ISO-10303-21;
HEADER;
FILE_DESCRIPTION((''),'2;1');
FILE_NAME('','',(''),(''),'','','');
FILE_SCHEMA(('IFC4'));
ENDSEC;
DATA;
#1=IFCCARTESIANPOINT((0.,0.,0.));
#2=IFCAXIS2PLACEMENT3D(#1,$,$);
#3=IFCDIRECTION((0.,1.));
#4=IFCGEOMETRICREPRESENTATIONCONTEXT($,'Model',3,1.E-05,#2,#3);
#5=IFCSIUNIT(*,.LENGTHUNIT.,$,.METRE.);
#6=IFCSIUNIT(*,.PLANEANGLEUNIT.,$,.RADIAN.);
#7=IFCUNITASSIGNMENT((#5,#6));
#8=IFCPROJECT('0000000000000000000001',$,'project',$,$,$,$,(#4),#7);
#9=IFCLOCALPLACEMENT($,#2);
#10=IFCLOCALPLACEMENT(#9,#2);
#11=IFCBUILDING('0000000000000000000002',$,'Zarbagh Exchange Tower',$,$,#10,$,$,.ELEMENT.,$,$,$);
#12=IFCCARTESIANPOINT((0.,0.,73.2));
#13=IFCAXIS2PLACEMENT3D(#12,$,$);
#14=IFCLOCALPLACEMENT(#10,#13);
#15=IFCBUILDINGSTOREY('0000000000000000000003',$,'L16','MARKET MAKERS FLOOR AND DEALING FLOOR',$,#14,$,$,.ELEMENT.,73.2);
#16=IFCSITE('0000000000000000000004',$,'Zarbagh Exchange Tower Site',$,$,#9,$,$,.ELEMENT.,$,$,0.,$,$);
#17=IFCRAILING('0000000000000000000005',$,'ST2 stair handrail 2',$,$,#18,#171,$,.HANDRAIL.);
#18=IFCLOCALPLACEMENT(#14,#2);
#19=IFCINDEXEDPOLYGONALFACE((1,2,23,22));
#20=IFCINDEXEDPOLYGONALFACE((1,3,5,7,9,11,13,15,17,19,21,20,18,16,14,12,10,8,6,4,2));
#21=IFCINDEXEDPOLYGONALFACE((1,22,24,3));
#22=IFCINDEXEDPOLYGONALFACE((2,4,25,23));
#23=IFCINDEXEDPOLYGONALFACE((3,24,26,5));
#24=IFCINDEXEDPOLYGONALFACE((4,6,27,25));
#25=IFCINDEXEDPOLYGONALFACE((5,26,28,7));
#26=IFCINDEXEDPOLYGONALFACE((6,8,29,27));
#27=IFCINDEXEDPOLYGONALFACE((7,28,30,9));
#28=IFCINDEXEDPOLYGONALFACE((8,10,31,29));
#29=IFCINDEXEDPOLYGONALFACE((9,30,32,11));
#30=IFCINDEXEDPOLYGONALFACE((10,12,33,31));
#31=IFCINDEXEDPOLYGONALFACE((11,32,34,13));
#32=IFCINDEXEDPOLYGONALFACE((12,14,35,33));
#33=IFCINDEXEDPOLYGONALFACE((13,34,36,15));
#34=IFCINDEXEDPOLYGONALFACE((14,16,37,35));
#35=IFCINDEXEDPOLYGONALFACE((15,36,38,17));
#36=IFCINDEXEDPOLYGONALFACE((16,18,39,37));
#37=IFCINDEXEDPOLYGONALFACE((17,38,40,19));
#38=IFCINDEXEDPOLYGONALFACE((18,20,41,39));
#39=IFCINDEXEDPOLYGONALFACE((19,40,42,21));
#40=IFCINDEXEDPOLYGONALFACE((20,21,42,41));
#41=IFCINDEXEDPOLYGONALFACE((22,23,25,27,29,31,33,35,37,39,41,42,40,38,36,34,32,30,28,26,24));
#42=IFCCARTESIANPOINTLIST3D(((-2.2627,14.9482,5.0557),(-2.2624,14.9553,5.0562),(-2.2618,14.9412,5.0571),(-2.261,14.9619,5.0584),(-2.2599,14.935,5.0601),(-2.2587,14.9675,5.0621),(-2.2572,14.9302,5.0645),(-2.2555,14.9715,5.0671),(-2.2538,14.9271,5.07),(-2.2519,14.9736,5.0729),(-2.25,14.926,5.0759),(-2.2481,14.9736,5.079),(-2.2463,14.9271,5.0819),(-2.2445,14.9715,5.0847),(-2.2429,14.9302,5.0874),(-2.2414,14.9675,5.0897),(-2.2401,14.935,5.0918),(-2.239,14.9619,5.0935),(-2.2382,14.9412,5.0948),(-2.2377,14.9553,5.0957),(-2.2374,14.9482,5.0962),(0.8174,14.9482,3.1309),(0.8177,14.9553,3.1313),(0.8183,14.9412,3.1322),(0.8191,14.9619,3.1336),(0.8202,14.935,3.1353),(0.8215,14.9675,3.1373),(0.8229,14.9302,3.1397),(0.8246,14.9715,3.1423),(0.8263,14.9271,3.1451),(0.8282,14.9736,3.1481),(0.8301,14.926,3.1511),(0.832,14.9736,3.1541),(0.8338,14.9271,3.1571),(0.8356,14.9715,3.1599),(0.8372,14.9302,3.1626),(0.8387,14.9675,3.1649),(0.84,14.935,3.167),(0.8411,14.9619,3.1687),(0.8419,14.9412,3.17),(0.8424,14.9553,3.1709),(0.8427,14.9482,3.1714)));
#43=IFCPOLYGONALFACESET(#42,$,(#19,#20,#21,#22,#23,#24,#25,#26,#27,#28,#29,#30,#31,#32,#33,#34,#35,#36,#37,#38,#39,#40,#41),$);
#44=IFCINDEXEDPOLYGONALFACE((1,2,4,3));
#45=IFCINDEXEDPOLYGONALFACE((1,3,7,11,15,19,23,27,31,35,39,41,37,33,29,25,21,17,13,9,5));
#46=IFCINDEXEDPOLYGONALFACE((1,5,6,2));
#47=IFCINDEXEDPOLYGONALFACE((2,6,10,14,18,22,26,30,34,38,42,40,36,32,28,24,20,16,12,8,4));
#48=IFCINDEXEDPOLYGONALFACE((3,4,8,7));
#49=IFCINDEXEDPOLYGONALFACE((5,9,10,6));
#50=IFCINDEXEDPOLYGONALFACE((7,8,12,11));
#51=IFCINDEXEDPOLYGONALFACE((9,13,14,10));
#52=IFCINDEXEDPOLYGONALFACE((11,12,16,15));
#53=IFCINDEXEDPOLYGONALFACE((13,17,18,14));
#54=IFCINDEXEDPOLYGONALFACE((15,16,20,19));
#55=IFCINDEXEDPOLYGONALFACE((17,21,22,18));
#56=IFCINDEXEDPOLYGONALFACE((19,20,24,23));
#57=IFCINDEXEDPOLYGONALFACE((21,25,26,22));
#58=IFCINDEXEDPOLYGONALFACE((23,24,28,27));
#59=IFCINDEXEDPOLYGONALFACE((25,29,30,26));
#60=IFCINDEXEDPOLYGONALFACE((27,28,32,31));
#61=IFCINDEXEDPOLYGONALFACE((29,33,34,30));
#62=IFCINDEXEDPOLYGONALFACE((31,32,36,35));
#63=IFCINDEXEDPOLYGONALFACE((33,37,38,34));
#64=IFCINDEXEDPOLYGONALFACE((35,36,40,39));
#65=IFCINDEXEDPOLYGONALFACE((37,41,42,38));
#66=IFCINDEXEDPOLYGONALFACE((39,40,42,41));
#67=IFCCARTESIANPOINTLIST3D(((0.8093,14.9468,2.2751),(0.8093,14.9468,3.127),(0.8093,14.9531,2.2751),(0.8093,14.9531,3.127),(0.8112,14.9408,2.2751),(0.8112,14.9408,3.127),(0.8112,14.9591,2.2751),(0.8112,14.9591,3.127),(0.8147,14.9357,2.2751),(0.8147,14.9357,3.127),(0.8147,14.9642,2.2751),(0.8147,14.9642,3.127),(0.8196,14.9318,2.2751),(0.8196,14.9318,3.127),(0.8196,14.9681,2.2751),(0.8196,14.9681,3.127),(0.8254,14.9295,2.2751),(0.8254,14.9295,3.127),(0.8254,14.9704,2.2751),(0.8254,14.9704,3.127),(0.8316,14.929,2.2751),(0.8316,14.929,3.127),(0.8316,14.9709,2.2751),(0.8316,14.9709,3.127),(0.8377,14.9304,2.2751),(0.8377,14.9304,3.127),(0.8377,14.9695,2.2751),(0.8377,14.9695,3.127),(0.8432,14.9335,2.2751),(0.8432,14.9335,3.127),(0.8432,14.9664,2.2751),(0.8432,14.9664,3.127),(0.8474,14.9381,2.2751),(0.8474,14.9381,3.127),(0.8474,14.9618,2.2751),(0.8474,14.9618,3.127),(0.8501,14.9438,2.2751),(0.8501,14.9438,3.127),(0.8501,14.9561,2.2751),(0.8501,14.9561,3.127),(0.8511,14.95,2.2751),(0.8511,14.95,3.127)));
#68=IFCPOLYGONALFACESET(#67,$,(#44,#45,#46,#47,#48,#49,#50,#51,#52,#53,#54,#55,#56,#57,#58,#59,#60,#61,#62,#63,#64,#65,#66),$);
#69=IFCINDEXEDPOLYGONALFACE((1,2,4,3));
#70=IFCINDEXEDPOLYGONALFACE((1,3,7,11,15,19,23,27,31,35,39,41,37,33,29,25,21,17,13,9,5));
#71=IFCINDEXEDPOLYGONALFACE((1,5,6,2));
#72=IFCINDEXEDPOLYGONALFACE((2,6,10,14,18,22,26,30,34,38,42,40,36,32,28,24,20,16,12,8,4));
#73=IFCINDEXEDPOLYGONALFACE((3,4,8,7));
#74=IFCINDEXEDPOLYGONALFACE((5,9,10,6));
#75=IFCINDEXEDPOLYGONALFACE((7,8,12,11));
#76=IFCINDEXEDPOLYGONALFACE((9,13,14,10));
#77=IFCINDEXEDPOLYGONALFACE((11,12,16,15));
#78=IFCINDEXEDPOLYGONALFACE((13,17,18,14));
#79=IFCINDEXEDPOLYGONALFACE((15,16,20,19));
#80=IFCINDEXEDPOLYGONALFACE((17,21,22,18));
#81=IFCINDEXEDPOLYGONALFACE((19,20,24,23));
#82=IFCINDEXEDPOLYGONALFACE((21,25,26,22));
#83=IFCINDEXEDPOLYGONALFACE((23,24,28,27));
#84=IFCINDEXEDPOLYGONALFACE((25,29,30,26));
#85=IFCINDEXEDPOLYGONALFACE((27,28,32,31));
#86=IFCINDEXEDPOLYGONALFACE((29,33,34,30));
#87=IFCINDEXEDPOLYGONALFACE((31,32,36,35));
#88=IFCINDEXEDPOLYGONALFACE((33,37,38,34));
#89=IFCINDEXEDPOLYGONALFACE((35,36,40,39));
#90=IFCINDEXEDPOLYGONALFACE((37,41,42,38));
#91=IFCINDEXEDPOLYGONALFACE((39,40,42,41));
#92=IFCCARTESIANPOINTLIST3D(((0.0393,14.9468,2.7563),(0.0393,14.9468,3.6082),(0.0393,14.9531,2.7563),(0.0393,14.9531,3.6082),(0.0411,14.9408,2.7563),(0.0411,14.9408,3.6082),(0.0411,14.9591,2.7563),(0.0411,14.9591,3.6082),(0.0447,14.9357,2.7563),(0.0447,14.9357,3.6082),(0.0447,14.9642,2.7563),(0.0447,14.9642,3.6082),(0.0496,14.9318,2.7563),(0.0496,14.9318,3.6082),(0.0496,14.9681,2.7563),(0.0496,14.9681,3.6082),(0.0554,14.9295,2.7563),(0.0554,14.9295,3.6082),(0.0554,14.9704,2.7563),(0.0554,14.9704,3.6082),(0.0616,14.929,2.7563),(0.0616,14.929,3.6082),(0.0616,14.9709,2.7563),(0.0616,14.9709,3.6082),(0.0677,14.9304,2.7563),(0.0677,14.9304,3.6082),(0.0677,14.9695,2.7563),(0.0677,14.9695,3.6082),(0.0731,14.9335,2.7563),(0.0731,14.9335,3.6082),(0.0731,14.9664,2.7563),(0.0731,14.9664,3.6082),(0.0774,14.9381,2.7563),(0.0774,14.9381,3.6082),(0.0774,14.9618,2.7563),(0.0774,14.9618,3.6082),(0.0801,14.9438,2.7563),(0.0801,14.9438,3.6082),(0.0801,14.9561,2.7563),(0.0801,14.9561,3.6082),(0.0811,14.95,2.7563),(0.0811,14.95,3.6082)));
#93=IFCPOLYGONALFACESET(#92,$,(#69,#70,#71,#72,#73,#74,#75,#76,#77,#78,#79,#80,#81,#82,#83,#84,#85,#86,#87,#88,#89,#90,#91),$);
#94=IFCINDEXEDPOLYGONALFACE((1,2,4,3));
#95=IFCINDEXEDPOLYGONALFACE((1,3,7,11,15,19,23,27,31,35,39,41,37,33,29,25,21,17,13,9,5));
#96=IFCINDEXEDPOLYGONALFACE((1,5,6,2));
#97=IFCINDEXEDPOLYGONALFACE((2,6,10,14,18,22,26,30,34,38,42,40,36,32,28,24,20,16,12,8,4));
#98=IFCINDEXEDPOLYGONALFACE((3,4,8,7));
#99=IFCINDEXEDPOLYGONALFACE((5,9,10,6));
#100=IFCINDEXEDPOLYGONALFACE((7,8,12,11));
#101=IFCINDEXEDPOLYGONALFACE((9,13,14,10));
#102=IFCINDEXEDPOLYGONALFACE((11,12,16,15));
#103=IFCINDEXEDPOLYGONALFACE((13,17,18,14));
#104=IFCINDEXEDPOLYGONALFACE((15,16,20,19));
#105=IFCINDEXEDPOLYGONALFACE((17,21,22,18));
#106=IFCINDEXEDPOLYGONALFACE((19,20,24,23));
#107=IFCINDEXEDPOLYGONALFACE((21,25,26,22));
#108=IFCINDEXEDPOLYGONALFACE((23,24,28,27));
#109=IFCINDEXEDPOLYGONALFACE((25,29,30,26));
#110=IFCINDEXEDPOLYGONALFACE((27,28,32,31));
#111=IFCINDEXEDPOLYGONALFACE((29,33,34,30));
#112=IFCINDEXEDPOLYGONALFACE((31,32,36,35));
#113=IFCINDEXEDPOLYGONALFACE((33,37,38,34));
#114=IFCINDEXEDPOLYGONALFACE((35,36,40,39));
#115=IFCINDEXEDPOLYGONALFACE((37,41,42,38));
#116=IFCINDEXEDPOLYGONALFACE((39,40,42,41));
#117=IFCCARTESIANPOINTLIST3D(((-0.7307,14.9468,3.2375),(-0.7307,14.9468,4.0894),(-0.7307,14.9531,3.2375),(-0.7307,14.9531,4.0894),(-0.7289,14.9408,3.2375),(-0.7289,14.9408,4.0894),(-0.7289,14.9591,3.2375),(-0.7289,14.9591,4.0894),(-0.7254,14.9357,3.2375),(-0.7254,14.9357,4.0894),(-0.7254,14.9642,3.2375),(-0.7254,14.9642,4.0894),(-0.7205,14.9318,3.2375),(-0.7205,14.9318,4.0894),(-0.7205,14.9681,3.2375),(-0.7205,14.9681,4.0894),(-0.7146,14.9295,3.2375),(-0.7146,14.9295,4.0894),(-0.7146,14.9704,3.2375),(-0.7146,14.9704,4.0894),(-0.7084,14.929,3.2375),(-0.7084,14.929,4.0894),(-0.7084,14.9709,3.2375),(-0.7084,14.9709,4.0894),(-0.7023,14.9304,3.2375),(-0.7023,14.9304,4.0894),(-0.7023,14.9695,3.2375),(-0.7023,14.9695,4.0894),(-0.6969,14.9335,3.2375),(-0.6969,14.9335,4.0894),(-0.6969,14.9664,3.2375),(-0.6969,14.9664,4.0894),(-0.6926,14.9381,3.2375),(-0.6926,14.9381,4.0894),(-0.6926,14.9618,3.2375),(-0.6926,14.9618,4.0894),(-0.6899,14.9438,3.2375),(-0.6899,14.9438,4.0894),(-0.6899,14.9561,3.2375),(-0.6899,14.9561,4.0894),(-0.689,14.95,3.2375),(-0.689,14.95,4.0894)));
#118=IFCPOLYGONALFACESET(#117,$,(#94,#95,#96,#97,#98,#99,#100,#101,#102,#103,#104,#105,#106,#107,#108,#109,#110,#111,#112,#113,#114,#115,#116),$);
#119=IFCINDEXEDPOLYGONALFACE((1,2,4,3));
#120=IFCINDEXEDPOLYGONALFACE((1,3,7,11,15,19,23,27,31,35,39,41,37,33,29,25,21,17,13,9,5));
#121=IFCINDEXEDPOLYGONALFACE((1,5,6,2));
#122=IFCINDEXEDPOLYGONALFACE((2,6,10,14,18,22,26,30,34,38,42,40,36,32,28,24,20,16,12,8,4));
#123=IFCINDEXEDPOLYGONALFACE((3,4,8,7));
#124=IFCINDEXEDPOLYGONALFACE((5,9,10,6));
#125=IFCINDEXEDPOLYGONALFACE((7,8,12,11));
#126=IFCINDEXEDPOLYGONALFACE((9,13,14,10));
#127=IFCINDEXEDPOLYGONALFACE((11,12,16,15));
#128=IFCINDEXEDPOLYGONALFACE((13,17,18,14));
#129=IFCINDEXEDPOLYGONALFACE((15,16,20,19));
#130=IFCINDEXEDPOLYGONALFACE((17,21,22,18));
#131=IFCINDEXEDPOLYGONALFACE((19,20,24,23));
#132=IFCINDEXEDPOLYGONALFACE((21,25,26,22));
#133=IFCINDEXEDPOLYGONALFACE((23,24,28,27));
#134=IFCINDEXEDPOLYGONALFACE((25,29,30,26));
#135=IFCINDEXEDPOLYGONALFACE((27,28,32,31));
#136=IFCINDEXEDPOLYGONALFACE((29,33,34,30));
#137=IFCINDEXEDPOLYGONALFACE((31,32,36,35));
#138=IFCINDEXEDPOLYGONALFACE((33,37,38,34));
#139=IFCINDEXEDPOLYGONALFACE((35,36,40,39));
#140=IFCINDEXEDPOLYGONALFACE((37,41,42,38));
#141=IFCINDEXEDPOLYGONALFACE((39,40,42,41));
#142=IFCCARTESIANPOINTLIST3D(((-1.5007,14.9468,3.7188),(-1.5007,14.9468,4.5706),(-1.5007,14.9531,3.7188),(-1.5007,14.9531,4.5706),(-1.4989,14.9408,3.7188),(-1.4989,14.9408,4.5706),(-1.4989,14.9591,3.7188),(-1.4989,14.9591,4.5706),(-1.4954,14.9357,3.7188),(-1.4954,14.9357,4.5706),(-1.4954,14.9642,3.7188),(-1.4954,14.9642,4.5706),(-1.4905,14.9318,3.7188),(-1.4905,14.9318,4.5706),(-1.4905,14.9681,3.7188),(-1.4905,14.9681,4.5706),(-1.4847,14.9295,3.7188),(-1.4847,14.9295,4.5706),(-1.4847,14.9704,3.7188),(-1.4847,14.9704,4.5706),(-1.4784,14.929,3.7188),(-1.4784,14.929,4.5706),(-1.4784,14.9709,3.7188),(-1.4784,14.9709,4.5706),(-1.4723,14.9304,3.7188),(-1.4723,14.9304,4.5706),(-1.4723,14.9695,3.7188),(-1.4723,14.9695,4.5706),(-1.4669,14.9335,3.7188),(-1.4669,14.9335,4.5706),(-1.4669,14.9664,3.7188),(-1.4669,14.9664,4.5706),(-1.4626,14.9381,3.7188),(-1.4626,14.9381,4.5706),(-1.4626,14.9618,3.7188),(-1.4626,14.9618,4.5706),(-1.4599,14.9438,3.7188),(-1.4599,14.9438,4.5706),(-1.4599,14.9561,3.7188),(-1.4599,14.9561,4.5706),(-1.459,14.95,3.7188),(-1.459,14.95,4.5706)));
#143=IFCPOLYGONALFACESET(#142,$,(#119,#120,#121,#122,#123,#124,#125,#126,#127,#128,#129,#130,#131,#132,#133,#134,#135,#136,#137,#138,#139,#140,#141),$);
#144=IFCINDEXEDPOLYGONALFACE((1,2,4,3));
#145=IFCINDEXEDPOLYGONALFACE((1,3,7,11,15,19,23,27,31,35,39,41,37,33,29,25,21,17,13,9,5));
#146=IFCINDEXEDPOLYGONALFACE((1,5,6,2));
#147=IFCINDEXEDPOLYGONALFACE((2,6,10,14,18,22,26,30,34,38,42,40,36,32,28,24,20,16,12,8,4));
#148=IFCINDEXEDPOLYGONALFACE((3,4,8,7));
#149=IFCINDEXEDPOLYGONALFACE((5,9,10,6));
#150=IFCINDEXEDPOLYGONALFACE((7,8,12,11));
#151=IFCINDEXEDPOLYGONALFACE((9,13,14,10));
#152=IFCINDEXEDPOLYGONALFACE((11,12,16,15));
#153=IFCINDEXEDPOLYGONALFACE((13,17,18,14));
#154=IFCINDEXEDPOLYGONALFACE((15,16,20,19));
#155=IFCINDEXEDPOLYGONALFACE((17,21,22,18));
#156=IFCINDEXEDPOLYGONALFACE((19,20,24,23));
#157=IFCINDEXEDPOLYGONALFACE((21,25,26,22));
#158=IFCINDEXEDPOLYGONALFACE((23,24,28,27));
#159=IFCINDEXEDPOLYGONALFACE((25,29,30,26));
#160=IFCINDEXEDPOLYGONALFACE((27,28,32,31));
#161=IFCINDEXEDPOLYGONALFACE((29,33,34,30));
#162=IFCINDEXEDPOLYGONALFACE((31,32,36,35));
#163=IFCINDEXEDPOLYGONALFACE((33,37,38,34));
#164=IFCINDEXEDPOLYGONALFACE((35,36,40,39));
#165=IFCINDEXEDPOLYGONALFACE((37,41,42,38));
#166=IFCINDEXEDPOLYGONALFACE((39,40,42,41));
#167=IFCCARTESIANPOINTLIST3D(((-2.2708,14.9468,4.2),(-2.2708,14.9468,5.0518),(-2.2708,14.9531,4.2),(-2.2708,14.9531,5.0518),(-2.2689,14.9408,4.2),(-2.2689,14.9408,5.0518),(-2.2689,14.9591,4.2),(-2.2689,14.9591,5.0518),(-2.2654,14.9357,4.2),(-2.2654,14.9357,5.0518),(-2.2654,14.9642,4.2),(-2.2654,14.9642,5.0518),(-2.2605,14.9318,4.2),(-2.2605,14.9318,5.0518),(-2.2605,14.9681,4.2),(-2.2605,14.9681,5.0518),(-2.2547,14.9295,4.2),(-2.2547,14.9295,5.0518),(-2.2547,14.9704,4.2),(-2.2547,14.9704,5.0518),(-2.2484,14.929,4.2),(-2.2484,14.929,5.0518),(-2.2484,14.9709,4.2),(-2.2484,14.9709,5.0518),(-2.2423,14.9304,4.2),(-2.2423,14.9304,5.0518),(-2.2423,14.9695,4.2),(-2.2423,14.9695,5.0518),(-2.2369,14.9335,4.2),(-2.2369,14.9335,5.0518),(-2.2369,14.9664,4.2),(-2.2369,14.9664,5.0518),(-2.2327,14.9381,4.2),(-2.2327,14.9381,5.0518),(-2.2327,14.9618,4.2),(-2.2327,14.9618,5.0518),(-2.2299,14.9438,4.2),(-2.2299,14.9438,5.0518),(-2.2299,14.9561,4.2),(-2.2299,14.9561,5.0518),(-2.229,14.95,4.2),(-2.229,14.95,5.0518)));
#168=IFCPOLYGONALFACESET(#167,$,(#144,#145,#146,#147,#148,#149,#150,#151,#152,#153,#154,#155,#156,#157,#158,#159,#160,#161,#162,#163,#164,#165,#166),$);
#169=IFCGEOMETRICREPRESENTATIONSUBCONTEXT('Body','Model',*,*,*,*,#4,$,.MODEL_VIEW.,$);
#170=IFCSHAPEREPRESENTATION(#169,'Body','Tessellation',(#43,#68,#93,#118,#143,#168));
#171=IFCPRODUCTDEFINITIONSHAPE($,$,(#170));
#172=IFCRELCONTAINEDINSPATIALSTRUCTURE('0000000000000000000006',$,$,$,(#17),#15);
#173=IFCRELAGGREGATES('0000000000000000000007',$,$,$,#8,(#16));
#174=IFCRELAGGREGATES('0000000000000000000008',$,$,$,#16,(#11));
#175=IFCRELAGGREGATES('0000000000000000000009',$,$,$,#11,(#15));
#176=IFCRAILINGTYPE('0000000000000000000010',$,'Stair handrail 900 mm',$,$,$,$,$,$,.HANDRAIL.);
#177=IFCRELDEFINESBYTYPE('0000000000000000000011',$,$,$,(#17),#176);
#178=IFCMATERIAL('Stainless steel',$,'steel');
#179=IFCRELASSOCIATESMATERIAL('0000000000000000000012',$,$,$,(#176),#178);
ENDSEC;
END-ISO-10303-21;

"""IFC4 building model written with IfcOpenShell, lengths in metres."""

from ifc_helpers import new_model, si_unit, direction, frame, origin, origin_2d, place, context, subcontext, project, spatial, circle, extrude, material, type_object, element, save


model = new_model("IFC4")

# Units and contexts
model_context = context("Model", 3, precision=1e-05, world=origin(), true_north=direction((0.0, 1.0)))
body_context = subcontext(model_context, "Body", "Model", "MODEL_VIEW")
ifc_project = project(units=[si_unit("LENGTHUNIT", "METRE"), si_unit("PLANEANGLEUNIT", "RADIAN")], contexts=[model_context])

# Site, building, storey
site_placement = place(None, origin())
site = spatial("IfcSite", under=ifc_project, at=site_placement, Name="Zarbagh Exchange Tower Site", CompositionType="ELEMENT", RefElevation=0.0)
building_placement = place(site_placement, origin())
building = spatial("IfcBuilding", under=site, at=building_placement, Name="Zarbagh Exchange Tower", CompositionType="ELEMENT")
storey_placement = place(building_placement, frame((0.0, 0.0, 73.2)))
storey = spatial("IfcBuildingStorey", under=building, at=storey_placement, Name="L16", Description="MARKET MAKERS FLOOR AND DEALING FLOOR", CompositionType="ELEMENT", Elevation=73.2)

# Shared definitions
ifc_material_1 = material(Name="Stainless steel", Category="steel")

# Railing
railing_type_1 = type_object("IfcRailingType", Name="Stair handrail 900 mm", PredefinedType="HANDRAIL", material=ifc_material_1)
railing_1_placement = place(storey_placement, frame((0.8301, 14.95, 2.2751)))
element("IfcRailing", 1, at=railing_1_placement, inside=storey, type_object=railing_type_1, Name="ST2 stair handrail 2", PredefinedType="HANDRAIL", context=body_context, shape_type="SweptSolid", body=[
    extrude(circle(Radius=0.0239, at=origin_2d()), frame((0.0, 0.0, 0.876), z_axis=(-0.848029, 0.0, 0.529951), x_axis=(0.0, -1.0, 0.0)), (0.0, 0.0, 1.0), 3.6321),
    extrude(circle(Radius=0.021, at=origin_2d()), origin(), (0.0, 0.0, 1.0), 0.8518),
    extrude(circle(Radius=0.021, at=origin_2d()), frame((-0.77, 0.0, 0.4812)), (0.0, 0.0, 1.0), 0.8518),
    extrude(circle(Radius=0.021, at=origin_2d()), frame((-1.54, 0.0, 0.9624)), (0.0, 0.0, 1.0), 0.8518),
    extrude(circle(Radius=0.021, at=origin_2d()), frame((-2.3101, 0.0, 1.4436)), (0.0, 0.0, 1.0), 0.8518),
    extrude(circle(Radius=0.021, at=origin_2d()), frame((-3.0801, 0.0, 1.9248)), (0.0, 0.0, 1.0), 0.8518),
])

save(model, "model.ifc")
